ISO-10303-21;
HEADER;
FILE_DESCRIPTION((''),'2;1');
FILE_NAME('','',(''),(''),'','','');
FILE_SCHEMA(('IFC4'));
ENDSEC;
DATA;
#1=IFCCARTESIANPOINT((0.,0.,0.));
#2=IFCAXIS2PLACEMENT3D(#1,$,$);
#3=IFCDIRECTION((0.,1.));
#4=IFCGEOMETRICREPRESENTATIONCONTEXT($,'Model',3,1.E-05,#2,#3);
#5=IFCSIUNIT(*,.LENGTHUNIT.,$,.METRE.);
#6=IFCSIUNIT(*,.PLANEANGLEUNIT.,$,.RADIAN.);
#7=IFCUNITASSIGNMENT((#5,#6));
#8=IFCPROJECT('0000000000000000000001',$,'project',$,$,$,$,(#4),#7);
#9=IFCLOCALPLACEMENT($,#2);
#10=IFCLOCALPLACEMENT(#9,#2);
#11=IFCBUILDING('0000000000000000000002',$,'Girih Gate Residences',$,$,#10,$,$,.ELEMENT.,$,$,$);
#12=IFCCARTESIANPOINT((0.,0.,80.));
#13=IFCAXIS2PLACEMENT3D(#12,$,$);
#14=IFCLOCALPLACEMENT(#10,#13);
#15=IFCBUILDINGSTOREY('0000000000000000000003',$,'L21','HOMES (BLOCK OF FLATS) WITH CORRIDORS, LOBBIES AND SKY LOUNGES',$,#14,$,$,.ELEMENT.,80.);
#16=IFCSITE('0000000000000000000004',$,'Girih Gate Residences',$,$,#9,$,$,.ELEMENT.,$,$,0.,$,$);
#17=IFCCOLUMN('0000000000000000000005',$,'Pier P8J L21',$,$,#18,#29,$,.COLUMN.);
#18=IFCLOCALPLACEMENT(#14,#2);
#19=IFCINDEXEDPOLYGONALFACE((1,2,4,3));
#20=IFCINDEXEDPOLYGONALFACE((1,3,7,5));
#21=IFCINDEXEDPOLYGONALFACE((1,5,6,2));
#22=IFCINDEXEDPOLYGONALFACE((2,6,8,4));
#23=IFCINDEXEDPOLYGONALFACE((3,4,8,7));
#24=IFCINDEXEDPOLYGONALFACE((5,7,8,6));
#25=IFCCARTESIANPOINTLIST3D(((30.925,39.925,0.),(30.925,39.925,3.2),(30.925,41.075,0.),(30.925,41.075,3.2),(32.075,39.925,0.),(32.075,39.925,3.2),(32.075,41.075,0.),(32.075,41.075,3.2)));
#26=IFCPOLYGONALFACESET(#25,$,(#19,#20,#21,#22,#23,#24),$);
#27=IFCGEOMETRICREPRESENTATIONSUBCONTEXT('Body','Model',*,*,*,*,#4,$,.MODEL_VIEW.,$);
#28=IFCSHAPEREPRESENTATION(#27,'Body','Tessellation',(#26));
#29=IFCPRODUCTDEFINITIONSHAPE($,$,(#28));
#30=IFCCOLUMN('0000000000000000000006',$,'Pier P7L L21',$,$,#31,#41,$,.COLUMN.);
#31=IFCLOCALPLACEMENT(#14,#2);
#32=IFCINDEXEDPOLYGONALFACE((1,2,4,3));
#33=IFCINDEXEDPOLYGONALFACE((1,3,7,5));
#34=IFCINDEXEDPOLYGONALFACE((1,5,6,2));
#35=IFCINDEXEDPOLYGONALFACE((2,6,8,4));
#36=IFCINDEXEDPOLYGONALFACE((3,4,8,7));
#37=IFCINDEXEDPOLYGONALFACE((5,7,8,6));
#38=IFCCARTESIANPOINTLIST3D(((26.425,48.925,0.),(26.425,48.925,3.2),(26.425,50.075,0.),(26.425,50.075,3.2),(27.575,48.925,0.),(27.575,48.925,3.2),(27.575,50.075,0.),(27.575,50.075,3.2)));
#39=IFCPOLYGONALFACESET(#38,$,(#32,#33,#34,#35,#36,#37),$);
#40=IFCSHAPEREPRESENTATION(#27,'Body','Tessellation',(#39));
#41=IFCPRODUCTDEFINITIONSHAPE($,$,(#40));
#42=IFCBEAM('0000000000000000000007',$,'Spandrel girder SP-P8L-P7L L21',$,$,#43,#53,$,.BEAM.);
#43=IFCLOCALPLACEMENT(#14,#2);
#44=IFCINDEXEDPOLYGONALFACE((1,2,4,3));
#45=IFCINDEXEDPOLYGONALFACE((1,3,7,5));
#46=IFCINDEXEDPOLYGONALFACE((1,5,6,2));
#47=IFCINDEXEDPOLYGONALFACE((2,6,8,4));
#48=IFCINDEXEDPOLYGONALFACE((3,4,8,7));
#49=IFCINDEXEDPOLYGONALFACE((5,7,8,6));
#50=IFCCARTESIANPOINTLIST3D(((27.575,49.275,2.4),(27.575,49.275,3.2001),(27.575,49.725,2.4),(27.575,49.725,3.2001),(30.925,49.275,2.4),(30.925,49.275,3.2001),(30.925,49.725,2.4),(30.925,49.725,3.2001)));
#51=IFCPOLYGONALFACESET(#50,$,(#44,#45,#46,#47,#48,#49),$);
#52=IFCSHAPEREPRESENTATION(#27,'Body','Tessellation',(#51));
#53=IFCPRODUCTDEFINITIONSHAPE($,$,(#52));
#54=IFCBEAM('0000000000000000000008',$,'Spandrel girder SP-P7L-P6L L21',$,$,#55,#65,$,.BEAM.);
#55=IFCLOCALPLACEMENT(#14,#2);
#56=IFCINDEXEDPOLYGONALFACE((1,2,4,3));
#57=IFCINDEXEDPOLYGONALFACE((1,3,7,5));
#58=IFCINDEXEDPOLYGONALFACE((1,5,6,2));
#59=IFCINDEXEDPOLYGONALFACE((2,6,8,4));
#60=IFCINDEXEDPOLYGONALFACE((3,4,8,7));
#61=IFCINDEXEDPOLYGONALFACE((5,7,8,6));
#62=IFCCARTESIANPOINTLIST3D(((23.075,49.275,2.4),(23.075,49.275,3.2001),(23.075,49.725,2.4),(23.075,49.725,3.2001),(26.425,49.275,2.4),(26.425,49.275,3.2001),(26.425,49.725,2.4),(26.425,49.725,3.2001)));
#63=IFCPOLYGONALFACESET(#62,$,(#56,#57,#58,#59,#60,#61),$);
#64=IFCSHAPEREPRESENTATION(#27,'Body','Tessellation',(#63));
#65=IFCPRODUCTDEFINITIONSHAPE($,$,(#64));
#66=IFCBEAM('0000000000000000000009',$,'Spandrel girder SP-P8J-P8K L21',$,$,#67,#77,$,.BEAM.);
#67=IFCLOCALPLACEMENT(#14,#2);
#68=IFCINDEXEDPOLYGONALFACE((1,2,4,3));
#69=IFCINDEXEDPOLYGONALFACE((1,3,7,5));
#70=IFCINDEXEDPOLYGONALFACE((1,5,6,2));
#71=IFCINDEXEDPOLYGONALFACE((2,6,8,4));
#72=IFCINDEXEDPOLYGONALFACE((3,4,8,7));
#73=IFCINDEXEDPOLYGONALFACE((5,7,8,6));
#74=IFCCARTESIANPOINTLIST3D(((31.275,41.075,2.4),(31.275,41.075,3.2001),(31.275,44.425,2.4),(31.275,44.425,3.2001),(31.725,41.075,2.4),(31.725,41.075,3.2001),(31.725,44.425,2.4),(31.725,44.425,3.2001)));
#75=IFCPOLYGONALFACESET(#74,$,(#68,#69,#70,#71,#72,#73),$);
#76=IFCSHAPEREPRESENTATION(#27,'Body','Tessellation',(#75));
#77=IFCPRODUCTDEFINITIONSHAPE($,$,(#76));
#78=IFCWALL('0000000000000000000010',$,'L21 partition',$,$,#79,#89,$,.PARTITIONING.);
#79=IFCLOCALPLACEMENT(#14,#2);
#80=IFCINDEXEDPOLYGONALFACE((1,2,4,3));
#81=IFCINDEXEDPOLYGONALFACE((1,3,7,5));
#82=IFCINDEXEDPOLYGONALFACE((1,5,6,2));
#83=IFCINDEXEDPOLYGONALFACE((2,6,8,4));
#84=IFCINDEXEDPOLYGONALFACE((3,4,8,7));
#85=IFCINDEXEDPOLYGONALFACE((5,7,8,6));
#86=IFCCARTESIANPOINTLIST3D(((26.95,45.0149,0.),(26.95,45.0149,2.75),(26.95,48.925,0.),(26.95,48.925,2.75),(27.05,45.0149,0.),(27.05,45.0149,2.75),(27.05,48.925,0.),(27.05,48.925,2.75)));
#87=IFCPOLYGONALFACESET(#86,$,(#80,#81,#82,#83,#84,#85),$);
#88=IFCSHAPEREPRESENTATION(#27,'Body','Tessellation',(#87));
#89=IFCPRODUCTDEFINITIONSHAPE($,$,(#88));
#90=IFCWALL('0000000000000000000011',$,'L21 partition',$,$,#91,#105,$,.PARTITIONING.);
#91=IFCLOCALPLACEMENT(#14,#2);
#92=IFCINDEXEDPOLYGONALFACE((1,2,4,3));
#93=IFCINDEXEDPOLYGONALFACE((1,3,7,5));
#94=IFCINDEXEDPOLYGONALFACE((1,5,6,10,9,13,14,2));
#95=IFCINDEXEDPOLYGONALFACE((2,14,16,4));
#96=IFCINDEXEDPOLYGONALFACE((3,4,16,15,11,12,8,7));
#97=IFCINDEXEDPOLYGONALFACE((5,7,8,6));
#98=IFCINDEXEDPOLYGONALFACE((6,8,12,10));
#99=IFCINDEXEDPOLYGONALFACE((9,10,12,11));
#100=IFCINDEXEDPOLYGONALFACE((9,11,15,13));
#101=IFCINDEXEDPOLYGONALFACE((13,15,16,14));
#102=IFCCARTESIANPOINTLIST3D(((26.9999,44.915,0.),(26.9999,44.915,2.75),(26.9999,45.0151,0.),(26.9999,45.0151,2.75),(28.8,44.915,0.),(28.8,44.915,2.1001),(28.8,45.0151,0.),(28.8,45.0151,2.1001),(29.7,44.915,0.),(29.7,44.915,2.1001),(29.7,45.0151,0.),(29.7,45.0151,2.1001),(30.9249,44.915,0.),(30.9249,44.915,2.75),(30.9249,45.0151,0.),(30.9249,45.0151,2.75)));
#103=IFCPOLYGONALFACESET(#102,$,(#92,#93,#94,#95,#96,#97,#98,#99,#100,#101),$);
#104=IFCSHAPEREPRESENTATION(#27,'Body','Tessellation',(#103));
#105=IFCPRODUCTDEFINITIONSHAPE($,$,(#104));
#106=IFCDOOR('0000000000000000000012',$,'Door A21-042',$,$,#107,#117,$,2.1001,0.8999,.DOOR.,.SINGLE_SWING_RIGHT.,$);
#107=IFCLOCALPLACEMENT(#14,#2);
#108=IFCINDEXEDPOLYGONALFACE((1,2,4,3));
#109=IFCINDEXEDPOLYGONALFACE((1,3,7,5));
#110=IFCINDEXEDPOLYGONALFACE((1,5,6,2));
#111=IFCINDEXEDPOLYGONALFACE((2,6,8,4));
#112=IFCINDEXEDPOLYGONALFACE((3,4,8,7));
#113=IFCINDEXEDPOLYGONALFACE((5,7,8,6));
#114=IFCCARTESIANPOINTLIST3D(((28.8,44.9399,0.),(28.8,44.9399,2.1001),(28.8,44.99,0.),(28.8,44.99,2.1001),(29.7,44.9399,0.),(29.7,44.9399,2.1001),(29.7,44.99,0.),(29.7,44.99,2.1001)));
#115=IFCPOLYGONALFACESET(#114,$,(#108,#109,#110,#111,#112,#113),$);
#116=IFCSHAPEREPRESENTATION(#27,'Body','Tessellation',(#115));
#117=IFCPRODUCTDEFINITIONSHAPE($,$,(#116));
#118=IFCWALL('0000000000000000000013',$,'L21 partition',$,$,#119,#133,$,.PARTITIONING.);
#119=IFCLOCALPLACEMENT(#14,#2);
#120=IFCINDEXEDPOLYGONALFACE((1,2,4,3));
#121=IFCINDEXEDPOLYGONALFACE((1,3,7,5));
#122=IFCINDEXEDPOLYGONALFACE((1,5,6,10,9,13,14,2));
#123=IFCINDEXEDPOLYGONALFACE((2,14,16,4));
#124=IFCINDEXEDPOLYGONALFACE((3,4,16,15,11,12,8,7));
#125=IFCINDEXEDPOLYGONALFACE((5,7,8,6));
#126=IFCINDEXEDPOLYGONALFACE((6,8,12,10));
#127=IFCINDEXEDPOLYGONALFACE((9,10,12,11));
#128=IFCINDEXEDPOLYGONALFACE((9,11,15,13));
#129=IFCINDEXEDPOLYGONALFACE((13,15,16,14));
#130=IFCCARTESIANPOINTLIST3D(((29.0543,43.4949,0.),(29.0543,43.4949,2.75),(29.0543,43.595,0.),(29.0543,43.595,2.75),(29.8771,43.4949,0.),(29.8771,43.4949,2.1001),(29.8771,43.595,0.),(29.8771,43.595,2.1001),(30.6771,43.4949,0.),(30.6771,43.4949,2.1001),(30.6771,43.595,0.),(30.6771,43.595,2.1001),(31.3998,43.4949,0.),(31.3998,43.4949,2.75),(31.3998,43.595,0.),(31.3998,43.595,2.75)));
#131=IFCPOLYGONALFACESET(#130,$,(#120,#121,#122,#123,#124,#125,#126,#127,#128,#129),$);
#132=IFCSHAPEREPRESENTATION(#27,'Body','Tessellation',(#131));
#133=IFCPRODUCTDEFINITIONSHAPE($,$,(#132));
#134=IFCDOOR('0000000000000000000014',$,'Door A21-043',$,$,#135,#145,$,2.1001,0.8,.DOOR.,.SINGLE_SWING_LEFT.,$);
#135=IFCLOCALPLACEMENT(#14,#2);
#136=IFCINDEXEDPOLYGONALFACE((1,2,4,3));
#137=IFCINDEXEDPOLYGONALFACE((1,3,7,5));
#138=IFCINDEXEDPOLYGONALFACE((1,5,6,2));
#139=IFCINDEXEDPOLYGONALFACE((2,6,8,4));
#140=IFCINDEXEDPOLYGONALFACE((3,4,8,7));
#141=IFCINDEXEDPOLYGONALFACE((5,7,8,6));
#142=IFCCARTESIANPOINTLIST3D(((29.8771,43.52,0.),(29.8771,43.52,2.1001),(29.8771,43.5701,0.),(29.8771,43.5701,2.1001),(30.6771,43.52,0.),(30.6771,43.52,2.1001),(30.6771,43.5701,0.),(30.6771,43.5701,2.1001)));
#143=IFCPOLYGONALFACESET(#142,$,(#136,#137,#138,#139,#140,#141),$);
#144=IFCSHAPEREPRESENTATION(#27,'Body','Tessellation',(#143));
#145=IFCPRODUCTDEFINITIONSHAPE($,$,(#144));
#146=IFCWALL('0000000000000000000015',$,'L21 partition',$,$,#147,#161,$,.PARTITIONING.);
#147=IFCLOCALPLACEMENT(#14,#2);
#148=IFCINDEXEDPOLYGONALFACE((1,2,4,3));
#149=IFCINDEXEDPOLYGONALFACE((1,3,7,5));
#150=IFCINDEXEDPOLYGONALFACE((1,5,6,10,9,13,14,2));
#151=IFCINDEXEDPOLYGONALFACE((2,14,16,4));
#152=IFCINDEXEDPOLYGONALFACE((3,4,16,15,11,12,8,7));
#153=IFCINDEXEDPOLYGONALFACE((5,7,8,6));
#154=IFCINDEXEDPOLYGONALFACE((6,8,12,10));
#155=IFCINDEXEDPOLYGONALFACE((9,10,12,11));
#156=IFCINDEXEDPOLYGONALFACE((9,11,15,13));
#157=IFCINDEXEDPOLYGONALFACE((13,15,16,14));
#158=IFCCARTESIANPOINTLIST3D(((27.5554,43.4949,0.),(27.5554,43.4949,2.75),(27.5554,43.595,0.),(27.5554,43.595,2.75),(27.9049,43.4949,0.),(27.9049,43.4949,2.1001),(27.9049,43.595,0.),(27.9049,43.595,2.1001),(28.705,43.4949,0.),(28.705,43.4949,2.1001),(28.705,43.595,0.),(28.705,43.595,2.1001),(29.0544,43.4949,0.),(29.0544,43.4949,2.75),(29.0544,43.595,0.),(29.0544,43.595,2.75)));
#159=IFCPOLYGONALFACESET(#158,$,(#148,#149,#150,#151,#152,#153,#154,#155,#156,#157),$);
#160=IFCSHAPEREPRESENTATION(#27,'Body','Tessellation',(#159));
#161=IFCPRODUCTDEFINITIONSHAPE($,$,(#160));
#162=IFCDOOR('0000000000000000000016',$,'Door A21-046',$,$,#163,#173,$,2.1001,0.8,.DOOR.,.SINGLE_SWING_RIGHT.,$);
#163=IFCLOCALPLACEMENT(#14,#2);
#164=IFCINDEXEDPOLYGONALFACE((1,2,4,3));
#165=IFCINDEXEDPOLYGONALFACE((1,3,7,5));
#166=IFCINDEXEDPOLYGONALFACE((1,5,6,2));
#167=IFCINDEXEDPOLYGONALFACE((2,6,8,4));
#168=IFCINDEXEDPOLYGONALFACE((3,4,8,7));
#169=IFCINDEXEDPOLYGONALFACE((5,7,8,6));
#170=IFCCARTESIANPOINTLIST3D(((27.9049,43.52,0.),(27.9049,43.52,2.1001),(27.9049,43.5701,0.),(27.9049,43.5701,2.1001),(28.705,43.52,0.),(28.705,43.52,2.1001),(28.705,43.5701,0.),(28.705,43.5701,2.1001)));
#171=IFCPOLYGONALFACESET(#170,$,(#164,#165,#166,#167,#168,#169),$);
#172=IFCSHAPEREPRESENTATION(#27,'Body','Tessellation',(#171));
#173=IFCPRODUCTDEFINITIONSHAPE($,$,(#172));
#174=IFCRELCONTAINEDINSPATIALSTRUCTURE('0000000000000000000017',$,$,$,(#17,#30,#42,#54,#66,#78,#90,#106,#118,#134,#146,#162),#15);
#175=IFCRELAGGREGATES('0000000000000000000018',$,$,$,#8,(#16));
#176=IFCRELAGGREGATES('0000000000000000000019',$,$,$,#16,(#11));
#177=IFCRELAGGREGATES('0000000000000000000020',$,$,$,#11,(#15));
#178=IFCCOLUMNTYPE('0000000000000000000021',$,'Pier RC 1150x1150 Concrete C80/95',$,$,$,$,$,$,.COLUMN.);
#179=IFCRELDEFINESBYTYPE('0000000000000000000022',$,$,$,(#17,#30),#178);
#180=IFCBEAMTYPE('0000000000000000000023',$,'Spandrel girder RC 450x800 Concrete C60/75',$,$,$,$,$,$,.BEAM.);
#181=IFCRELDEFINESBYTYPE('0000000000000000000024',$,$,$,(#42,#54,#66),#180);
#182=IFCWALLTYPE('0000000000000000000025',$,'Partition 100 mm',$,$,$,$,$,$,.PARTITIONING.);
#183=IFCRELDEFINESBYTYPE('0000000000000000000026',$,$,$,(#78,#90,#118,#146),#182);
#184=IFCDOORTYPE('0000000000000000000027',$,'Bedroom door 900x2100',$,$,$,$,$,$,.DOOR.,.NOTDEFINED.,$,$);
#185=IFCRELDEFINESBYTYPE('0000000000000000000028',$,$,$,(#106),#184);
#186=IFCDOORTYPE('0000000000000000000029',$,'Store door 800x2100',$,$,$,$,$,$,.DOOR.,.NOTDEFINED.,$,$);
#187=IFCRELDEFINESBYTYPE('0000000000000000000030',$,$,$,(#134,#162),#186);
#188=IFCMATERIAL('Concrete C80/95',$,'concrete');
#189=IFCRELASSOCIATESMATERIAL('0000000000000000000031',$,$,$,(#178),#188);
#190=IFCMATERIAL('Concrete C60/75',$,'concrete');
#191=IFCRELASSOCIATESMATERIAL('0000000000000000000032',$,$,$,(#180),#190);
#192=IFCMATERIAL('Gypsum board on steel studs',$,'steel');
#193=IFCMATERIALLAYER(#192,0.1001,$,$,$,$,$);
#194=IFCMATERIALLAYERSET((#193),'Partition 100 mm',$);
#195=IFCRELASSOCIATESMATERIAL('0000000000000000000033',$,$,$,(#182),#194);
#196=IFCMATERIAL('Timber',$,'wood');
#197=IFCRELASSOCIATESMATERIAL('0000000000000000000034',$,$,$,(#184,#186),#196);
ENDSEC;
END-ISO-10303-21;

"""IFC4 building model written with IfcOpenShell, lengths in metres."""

from ifc_helpers import new_model, si_unit, direction, frame, frame_2d, origin, origin_2d, place, context, subcontext, project, spatial, rectangle, extrude, material, layer, layer_set, material_profile, profile_set, type_object, element, fill, save


model = new_model("IFC4")

# Units and contexts
model_context = context("Model", 3, precision=1e-05, world=origin(), true_north=direction((0.0, 1.0)))
body_context = subcontext(model_context, "Body", "Model", "MODEL_VIEW")
ifc_project = project(units=[si_unit("LENGTHUNIT", "METRE"), si_unit("PLANEANGLEUNIT", "RADIAN")], contexts=[model_context])

# Site, building, storey
site_placement = place(None, origin())
site = spatial("IfcSite", under=ifc_project, at=site_placement, Name="Girih Gate Residences", CompositionType="ELEMENT", RefElevation=0.0)
building_placement = place(site_placement, origin())
building = spatial("IfcBuilding", under=site, at=building_placement, Name="Girih Gate Residences", CompositionType="ELEMENT")
storey_placement = place(building_placement, frame((0.0, 0.0, 80.0)))
storey = spatial("IfcBuildingStorey", under=building, at=storey_placement, Name="L21", Description="HOMES (BLOCK OF FLATS) WITH CORRIDORS, LOBBIES AND SKY LOUNGES", CompositionType="ELEMENT", Elevation=80.0)

# Columns
ifc_material_1 = material(Name="Concrete C80/95", Category="concrete")
ifc_material_profile_1 = material_profile(ifc_material_1, rectangle(XDim=1.1499, YDim=1.1499, at=origin_2d()))
ifc_profile_set_1 = profile_set([ifc_material_profile_1], Name="Concrete C80/95")
column_type = type_object("IfcColumnType", Name="Pier RC 1150x1150 Concrete C80/95", PredefinedType="COLUMN", material=ifc_profile_set_1)
for number, where, z_axis, x_axis, name in (
    (1, (31.5, 40.5, 0.0), (0.0, 0.0, 1.0), (1.0, 0.0, 0.0), "Pier P8J L21"),
    (2, (27.0, 49.5, 0.0), (0.0, 0.0, 1.0), (1.0, 0.0, 0.0), "Pier P7L L21"),
):
    element("IfcColumn", number, at=place(storey_placement, frame(where, z_axis=z_axis, x_axis=x_axis)), inside=storey, type_object=column_type, Name=name, PredefinedType="COLUMN", context=body_context, shape_type="SweptSolid", body=[
        extrude(rectangle(XDim=1.1499, YDim=1.1499, at=origin_2d()), origin(), (0.0, 0.0, 1.0), 3.2),
    ])

# Beams
ifc_material_2 = material(Name="Concrete C60/75", Category="concrete")
ifc_material_profile_2 = material_profile(ifc_material_2, rectangle(XDim=0.45, YDim=0.8, at=origin_2d()))
ifc_profile_set_2 = profile_set([ifc_material_profile_2], Name="Concrete C60/75")
beam_type = type_object("IfcBeamType", Name="Spandrel girder RC 450x800 Concrete C60/75", PredefinedType="BEAM", material=ifc_profile_set_2)
for number, where, z_axis, x_axis, name in (
    (3, (30.925, 49.5, 2.8), (-1.0, 0.0, 0.0), (0.0, -1.0, 0.0), "Spandrel girder SP-P8L-P7L L21"),
    (4, (26.425, 49.5, 2.8), (-1.0, 0.0, 0.0), (0.0, -1.0, 0.0), "Spandrel girder SP-P7L-P6L L21"),
    (5, (31.5, 41.075, 2.8), (0.0, 1.0, 0.0), (-1.0, 0.0, 0.0), "Spandrel girder SP-P8J-P8K L21"),
):
    element("IfcBeam", number, at=place(storey_placement, frame(where, z_axis=z_axis, x_axis=x_axis)), inside=storey, type_object=beam_type, Name=name, PredefinedType="BEAM", context=body_context, shape_type="SweptSolid", body=[
        extrude(rectangle(XDim=0.45, YDim=0.8, at=origin_2d()), origin(), (0.0, 0.0, 1.0), 3.3501),
    ])

# Wall
ifc_material_3 = material(Name="Gypsum board on steel studs", Category="steel")
ifc_layer_1 = layer(ifc_material_3, 0.1001)
ifc_layer_set_1 = layer_set([ifc_layer_1], Name="Partition 100 mm")
wall_type_1 = type_object("IfcWallType", Name="Partition 100 mm", PredefinedType="PARTITIONING", material=ifc_layer_set_1)
wall_1_placement = place(storey_placement, frame((27.0, 45.0149, 0.0), z_axis=(0.0, 0.0, 1.0), x_axis=(0.0, 1.0, 0.0)))
element("IfcWall", 6, at=wall_1_placement, inside=storey, type_object=wall_type_1, Name="L21 partition", PredefinedType="PARTITIONING", context=body_context, shape_type="SweptSolid", body=[
    extrude(rectangle(XDim=3.9102, YDim=0.1001, at=frame_2d((1.9551, 0.0))), origin(), (0.0, 0.0, 1.0), 2.75),
])

# Walls, openings, doors
wall_2_placement = place(storey_placement, frame((27.0, 44.9651, 0.0), z_axis=(0.0, 0.0, 1.0), x_axis=(1.0, 0.0, 0.0)))
wall_2 = element("IfcWall", 7, at=wall_2_placement, inside=storey, type_object=wall_type_1, Name="L21 partition", PredefinedType="PARTITIONING", context=body_context, shape_type="SweptSolid", body=[
    extrude(rectangle(XDim=3.925, YDim=0.1001, at=frame_2d((1.9624, 0.0))), origin(), (0.0, 0.0, 1.0), 2.75),
])
opening_1_placement = place(wall_2_placement, frame((1.8, 0.0, 0.0)))
opening_1 = element("IfcOpeningElement", 8, at=opening_1_placement, cuts=wall_2, PredefinedType="OPENING", context=body_context, shape_type="SweptSolid", body=[
    extrude(rectangle(XDim=0.8999, YDim=2.1001, at=frame_2d((0.45, 1.05))), frame((0.0, 0.0601, 0.0), z_axis=(0.0, -1.0, 0.0), x_axis=(1.0, 0.0, 0.0)), (0.0, 0.0, 1.0), 0.1201),
])
ifc_material_4 = material(Name="Timber", Category="wood")
door_type_1 = type_object("IfcDoorType", Name="Bedroom door 900x2100", OperationType="NOTDEFINED", PredefinedType="DOOR", material=ifc_material_4)
door_1_placement = place(opening_1_placement, origin())
door_1 = element("IfcDoor", 9, at=door_1_placement, inside=storey, type_object=door_type_1, Name="Door A21-042", OperationType="SINGLE_SWING_RIGHT", OverallHeight=2.1001, OverallWidth=0.8999, PredefinedType="DOOR", context=body_context, shape_type="SweptSolid", body=[
    extrude(rectangle(XDim=0.8999, YDim=2.1001, at=frame_2d((0.45, 1.05))), frame((0.0, 0.0249, 0.0), z_axis=(0.0, -1.0, 0.0), x_axis=(1.0, 0.0, 0.0)), (0.0, 0.0, 1.0), 0.05),
])
fill(opening_1, door_1)
wall_3_placement = place(storey_placement, frame((31.3999, 43.5449, 0.0), z_axis=(0.0, 0.0, 1.0), x_axis=(-1.0, 0.0, 0.0)))
wall_3 = element("IfcWall", 10, at=wall_3_placement, inside=storey, type_object=wall_type_1, Name="L21 partition", PredefinedType="PARTITIONING", context=body_context, shape_type="SweptSolid", body=[
    extrude(rectangle(XDim=2.3455, YDim=0.1001, at=frame_2d((1.1729, 0.0))), origin(), (0.0, 0.0, 1.0), 2.75),
])
opening_2_placement = place(wall_3_placement, frame((0.7229, 0.0, 0.0)))
opening_2 = element("IfcOpeningElement", 11, at=opening_2_placement, cuts=wall_3, PredefinedType="OPENING", context=body_context, shape_type="SweptSolid", body=[
    extrude(rectangle(XDim=0.8, YDim=2.1001, at=frame_2d((0.3999, 1.05))), frame((0.0, 0.0601, 0.0), z_axis=(0.0, -1.0, 0.0), x_axis=(1.0, 0.0, 0.0)), (0.0, 0.0, 1.0), 0.1201),
])
door_type_2 = type_object("IfcDoorType", Name="Store door 800x2100", OperationType="NOTDEFINED", PredefinedType="DOOR", material=ifc_material_4)
door_2_placement = place(opening_2_placement, origin())
door_2 = element("IfcDoor", 12, at=door_2_placement, inside=storey, type_object=door_type_2, Name="Door A21-043", OperationType="SINGLE_SWING_LEFT", OverallHeight=2.1001, OverallWidth=0.8, PredefinedType="DOOR", context=body_context, shape_type="SweptSolid", body=[
    extrude(rectangle(XDim=0.8, YDim=2.1001, at=frame_2d((0.3999, 1.05))), frame((0.0, 0.0249, 0.0), z_axis=(0.0, -1.0, 0.0), x_axis=(1.0, 0.0, 0.0)), (0.0, 0.0, 1.0), 0.05),
])
fill(opening_2, door_2)
wall_4_placement = place(storey_placement, frame((29.0544, 43.5449, 0.0), z_axis=(0.0, 0.0, 1.0), x_axis=(-1.0, 0.0, 0.0)))
wall_4 = element("IfcWall", 13, at=wall_4_placement, inside=storey, type_object=wall_type_1, Name="L21 partition", PredefinedType="PARTITIONING", context=body_context, shape_type="SweptSolid", body=[
    extrude(rectangle(XDim=1.499, YDim=0.1001, at=frame_2d((0.7495, 0.0))), origin(), (0.0, 0.0, 1.0), 2.75),
])
opening_3_placement = place(wall_4_placement, frame((0.3496, 0.0, 0.0)))
opening_3 = element("IfcOpeningElement", 14, at=opening_3_placement, cuts=wall_4, PredefinedType="OPENING", context=body_context, shape_type="SweptSolid", body=[
    extrude(rectangle(XDim=0.8, YDim=2.1001, at=frame_2d((0.3999, 1.05))), frame((0.0, 0.0601, 0.0), z_axis=(0.0, -1.0, 0.0), x_axis=(1.0, 0.0, 0.0)), (0.0, 0.0, 1.0), 0.1201),
])
door_3_placement = place(opening_3_placement, origin())
door_3 = element("IfcDoor", 15, at=door_3_placement, inside=storey, type_object=door_type_2, Name="Door A21-046", OperationType="SINGLE_SWING_RIGHT", OverallHeight=2.1001, OverallWidth=0.8, PredefinedType="DOOR", context=body_context, shape_type="SweptSolid", body=[
    extrude(rectangle(XDim=0.8, YDim=2.1001, at=frame_2d((0.3999, 1.05))), frame((0.0, 0.0249, 0.0), z_axis=(0.0, -1.0, 0.0), x_axis=(1.0, 0.0, 0.0)), (0.0, 0.0, 1.0), 0.05),
])
fill(opening_3, door_3)

save(model, "model.ifc")
